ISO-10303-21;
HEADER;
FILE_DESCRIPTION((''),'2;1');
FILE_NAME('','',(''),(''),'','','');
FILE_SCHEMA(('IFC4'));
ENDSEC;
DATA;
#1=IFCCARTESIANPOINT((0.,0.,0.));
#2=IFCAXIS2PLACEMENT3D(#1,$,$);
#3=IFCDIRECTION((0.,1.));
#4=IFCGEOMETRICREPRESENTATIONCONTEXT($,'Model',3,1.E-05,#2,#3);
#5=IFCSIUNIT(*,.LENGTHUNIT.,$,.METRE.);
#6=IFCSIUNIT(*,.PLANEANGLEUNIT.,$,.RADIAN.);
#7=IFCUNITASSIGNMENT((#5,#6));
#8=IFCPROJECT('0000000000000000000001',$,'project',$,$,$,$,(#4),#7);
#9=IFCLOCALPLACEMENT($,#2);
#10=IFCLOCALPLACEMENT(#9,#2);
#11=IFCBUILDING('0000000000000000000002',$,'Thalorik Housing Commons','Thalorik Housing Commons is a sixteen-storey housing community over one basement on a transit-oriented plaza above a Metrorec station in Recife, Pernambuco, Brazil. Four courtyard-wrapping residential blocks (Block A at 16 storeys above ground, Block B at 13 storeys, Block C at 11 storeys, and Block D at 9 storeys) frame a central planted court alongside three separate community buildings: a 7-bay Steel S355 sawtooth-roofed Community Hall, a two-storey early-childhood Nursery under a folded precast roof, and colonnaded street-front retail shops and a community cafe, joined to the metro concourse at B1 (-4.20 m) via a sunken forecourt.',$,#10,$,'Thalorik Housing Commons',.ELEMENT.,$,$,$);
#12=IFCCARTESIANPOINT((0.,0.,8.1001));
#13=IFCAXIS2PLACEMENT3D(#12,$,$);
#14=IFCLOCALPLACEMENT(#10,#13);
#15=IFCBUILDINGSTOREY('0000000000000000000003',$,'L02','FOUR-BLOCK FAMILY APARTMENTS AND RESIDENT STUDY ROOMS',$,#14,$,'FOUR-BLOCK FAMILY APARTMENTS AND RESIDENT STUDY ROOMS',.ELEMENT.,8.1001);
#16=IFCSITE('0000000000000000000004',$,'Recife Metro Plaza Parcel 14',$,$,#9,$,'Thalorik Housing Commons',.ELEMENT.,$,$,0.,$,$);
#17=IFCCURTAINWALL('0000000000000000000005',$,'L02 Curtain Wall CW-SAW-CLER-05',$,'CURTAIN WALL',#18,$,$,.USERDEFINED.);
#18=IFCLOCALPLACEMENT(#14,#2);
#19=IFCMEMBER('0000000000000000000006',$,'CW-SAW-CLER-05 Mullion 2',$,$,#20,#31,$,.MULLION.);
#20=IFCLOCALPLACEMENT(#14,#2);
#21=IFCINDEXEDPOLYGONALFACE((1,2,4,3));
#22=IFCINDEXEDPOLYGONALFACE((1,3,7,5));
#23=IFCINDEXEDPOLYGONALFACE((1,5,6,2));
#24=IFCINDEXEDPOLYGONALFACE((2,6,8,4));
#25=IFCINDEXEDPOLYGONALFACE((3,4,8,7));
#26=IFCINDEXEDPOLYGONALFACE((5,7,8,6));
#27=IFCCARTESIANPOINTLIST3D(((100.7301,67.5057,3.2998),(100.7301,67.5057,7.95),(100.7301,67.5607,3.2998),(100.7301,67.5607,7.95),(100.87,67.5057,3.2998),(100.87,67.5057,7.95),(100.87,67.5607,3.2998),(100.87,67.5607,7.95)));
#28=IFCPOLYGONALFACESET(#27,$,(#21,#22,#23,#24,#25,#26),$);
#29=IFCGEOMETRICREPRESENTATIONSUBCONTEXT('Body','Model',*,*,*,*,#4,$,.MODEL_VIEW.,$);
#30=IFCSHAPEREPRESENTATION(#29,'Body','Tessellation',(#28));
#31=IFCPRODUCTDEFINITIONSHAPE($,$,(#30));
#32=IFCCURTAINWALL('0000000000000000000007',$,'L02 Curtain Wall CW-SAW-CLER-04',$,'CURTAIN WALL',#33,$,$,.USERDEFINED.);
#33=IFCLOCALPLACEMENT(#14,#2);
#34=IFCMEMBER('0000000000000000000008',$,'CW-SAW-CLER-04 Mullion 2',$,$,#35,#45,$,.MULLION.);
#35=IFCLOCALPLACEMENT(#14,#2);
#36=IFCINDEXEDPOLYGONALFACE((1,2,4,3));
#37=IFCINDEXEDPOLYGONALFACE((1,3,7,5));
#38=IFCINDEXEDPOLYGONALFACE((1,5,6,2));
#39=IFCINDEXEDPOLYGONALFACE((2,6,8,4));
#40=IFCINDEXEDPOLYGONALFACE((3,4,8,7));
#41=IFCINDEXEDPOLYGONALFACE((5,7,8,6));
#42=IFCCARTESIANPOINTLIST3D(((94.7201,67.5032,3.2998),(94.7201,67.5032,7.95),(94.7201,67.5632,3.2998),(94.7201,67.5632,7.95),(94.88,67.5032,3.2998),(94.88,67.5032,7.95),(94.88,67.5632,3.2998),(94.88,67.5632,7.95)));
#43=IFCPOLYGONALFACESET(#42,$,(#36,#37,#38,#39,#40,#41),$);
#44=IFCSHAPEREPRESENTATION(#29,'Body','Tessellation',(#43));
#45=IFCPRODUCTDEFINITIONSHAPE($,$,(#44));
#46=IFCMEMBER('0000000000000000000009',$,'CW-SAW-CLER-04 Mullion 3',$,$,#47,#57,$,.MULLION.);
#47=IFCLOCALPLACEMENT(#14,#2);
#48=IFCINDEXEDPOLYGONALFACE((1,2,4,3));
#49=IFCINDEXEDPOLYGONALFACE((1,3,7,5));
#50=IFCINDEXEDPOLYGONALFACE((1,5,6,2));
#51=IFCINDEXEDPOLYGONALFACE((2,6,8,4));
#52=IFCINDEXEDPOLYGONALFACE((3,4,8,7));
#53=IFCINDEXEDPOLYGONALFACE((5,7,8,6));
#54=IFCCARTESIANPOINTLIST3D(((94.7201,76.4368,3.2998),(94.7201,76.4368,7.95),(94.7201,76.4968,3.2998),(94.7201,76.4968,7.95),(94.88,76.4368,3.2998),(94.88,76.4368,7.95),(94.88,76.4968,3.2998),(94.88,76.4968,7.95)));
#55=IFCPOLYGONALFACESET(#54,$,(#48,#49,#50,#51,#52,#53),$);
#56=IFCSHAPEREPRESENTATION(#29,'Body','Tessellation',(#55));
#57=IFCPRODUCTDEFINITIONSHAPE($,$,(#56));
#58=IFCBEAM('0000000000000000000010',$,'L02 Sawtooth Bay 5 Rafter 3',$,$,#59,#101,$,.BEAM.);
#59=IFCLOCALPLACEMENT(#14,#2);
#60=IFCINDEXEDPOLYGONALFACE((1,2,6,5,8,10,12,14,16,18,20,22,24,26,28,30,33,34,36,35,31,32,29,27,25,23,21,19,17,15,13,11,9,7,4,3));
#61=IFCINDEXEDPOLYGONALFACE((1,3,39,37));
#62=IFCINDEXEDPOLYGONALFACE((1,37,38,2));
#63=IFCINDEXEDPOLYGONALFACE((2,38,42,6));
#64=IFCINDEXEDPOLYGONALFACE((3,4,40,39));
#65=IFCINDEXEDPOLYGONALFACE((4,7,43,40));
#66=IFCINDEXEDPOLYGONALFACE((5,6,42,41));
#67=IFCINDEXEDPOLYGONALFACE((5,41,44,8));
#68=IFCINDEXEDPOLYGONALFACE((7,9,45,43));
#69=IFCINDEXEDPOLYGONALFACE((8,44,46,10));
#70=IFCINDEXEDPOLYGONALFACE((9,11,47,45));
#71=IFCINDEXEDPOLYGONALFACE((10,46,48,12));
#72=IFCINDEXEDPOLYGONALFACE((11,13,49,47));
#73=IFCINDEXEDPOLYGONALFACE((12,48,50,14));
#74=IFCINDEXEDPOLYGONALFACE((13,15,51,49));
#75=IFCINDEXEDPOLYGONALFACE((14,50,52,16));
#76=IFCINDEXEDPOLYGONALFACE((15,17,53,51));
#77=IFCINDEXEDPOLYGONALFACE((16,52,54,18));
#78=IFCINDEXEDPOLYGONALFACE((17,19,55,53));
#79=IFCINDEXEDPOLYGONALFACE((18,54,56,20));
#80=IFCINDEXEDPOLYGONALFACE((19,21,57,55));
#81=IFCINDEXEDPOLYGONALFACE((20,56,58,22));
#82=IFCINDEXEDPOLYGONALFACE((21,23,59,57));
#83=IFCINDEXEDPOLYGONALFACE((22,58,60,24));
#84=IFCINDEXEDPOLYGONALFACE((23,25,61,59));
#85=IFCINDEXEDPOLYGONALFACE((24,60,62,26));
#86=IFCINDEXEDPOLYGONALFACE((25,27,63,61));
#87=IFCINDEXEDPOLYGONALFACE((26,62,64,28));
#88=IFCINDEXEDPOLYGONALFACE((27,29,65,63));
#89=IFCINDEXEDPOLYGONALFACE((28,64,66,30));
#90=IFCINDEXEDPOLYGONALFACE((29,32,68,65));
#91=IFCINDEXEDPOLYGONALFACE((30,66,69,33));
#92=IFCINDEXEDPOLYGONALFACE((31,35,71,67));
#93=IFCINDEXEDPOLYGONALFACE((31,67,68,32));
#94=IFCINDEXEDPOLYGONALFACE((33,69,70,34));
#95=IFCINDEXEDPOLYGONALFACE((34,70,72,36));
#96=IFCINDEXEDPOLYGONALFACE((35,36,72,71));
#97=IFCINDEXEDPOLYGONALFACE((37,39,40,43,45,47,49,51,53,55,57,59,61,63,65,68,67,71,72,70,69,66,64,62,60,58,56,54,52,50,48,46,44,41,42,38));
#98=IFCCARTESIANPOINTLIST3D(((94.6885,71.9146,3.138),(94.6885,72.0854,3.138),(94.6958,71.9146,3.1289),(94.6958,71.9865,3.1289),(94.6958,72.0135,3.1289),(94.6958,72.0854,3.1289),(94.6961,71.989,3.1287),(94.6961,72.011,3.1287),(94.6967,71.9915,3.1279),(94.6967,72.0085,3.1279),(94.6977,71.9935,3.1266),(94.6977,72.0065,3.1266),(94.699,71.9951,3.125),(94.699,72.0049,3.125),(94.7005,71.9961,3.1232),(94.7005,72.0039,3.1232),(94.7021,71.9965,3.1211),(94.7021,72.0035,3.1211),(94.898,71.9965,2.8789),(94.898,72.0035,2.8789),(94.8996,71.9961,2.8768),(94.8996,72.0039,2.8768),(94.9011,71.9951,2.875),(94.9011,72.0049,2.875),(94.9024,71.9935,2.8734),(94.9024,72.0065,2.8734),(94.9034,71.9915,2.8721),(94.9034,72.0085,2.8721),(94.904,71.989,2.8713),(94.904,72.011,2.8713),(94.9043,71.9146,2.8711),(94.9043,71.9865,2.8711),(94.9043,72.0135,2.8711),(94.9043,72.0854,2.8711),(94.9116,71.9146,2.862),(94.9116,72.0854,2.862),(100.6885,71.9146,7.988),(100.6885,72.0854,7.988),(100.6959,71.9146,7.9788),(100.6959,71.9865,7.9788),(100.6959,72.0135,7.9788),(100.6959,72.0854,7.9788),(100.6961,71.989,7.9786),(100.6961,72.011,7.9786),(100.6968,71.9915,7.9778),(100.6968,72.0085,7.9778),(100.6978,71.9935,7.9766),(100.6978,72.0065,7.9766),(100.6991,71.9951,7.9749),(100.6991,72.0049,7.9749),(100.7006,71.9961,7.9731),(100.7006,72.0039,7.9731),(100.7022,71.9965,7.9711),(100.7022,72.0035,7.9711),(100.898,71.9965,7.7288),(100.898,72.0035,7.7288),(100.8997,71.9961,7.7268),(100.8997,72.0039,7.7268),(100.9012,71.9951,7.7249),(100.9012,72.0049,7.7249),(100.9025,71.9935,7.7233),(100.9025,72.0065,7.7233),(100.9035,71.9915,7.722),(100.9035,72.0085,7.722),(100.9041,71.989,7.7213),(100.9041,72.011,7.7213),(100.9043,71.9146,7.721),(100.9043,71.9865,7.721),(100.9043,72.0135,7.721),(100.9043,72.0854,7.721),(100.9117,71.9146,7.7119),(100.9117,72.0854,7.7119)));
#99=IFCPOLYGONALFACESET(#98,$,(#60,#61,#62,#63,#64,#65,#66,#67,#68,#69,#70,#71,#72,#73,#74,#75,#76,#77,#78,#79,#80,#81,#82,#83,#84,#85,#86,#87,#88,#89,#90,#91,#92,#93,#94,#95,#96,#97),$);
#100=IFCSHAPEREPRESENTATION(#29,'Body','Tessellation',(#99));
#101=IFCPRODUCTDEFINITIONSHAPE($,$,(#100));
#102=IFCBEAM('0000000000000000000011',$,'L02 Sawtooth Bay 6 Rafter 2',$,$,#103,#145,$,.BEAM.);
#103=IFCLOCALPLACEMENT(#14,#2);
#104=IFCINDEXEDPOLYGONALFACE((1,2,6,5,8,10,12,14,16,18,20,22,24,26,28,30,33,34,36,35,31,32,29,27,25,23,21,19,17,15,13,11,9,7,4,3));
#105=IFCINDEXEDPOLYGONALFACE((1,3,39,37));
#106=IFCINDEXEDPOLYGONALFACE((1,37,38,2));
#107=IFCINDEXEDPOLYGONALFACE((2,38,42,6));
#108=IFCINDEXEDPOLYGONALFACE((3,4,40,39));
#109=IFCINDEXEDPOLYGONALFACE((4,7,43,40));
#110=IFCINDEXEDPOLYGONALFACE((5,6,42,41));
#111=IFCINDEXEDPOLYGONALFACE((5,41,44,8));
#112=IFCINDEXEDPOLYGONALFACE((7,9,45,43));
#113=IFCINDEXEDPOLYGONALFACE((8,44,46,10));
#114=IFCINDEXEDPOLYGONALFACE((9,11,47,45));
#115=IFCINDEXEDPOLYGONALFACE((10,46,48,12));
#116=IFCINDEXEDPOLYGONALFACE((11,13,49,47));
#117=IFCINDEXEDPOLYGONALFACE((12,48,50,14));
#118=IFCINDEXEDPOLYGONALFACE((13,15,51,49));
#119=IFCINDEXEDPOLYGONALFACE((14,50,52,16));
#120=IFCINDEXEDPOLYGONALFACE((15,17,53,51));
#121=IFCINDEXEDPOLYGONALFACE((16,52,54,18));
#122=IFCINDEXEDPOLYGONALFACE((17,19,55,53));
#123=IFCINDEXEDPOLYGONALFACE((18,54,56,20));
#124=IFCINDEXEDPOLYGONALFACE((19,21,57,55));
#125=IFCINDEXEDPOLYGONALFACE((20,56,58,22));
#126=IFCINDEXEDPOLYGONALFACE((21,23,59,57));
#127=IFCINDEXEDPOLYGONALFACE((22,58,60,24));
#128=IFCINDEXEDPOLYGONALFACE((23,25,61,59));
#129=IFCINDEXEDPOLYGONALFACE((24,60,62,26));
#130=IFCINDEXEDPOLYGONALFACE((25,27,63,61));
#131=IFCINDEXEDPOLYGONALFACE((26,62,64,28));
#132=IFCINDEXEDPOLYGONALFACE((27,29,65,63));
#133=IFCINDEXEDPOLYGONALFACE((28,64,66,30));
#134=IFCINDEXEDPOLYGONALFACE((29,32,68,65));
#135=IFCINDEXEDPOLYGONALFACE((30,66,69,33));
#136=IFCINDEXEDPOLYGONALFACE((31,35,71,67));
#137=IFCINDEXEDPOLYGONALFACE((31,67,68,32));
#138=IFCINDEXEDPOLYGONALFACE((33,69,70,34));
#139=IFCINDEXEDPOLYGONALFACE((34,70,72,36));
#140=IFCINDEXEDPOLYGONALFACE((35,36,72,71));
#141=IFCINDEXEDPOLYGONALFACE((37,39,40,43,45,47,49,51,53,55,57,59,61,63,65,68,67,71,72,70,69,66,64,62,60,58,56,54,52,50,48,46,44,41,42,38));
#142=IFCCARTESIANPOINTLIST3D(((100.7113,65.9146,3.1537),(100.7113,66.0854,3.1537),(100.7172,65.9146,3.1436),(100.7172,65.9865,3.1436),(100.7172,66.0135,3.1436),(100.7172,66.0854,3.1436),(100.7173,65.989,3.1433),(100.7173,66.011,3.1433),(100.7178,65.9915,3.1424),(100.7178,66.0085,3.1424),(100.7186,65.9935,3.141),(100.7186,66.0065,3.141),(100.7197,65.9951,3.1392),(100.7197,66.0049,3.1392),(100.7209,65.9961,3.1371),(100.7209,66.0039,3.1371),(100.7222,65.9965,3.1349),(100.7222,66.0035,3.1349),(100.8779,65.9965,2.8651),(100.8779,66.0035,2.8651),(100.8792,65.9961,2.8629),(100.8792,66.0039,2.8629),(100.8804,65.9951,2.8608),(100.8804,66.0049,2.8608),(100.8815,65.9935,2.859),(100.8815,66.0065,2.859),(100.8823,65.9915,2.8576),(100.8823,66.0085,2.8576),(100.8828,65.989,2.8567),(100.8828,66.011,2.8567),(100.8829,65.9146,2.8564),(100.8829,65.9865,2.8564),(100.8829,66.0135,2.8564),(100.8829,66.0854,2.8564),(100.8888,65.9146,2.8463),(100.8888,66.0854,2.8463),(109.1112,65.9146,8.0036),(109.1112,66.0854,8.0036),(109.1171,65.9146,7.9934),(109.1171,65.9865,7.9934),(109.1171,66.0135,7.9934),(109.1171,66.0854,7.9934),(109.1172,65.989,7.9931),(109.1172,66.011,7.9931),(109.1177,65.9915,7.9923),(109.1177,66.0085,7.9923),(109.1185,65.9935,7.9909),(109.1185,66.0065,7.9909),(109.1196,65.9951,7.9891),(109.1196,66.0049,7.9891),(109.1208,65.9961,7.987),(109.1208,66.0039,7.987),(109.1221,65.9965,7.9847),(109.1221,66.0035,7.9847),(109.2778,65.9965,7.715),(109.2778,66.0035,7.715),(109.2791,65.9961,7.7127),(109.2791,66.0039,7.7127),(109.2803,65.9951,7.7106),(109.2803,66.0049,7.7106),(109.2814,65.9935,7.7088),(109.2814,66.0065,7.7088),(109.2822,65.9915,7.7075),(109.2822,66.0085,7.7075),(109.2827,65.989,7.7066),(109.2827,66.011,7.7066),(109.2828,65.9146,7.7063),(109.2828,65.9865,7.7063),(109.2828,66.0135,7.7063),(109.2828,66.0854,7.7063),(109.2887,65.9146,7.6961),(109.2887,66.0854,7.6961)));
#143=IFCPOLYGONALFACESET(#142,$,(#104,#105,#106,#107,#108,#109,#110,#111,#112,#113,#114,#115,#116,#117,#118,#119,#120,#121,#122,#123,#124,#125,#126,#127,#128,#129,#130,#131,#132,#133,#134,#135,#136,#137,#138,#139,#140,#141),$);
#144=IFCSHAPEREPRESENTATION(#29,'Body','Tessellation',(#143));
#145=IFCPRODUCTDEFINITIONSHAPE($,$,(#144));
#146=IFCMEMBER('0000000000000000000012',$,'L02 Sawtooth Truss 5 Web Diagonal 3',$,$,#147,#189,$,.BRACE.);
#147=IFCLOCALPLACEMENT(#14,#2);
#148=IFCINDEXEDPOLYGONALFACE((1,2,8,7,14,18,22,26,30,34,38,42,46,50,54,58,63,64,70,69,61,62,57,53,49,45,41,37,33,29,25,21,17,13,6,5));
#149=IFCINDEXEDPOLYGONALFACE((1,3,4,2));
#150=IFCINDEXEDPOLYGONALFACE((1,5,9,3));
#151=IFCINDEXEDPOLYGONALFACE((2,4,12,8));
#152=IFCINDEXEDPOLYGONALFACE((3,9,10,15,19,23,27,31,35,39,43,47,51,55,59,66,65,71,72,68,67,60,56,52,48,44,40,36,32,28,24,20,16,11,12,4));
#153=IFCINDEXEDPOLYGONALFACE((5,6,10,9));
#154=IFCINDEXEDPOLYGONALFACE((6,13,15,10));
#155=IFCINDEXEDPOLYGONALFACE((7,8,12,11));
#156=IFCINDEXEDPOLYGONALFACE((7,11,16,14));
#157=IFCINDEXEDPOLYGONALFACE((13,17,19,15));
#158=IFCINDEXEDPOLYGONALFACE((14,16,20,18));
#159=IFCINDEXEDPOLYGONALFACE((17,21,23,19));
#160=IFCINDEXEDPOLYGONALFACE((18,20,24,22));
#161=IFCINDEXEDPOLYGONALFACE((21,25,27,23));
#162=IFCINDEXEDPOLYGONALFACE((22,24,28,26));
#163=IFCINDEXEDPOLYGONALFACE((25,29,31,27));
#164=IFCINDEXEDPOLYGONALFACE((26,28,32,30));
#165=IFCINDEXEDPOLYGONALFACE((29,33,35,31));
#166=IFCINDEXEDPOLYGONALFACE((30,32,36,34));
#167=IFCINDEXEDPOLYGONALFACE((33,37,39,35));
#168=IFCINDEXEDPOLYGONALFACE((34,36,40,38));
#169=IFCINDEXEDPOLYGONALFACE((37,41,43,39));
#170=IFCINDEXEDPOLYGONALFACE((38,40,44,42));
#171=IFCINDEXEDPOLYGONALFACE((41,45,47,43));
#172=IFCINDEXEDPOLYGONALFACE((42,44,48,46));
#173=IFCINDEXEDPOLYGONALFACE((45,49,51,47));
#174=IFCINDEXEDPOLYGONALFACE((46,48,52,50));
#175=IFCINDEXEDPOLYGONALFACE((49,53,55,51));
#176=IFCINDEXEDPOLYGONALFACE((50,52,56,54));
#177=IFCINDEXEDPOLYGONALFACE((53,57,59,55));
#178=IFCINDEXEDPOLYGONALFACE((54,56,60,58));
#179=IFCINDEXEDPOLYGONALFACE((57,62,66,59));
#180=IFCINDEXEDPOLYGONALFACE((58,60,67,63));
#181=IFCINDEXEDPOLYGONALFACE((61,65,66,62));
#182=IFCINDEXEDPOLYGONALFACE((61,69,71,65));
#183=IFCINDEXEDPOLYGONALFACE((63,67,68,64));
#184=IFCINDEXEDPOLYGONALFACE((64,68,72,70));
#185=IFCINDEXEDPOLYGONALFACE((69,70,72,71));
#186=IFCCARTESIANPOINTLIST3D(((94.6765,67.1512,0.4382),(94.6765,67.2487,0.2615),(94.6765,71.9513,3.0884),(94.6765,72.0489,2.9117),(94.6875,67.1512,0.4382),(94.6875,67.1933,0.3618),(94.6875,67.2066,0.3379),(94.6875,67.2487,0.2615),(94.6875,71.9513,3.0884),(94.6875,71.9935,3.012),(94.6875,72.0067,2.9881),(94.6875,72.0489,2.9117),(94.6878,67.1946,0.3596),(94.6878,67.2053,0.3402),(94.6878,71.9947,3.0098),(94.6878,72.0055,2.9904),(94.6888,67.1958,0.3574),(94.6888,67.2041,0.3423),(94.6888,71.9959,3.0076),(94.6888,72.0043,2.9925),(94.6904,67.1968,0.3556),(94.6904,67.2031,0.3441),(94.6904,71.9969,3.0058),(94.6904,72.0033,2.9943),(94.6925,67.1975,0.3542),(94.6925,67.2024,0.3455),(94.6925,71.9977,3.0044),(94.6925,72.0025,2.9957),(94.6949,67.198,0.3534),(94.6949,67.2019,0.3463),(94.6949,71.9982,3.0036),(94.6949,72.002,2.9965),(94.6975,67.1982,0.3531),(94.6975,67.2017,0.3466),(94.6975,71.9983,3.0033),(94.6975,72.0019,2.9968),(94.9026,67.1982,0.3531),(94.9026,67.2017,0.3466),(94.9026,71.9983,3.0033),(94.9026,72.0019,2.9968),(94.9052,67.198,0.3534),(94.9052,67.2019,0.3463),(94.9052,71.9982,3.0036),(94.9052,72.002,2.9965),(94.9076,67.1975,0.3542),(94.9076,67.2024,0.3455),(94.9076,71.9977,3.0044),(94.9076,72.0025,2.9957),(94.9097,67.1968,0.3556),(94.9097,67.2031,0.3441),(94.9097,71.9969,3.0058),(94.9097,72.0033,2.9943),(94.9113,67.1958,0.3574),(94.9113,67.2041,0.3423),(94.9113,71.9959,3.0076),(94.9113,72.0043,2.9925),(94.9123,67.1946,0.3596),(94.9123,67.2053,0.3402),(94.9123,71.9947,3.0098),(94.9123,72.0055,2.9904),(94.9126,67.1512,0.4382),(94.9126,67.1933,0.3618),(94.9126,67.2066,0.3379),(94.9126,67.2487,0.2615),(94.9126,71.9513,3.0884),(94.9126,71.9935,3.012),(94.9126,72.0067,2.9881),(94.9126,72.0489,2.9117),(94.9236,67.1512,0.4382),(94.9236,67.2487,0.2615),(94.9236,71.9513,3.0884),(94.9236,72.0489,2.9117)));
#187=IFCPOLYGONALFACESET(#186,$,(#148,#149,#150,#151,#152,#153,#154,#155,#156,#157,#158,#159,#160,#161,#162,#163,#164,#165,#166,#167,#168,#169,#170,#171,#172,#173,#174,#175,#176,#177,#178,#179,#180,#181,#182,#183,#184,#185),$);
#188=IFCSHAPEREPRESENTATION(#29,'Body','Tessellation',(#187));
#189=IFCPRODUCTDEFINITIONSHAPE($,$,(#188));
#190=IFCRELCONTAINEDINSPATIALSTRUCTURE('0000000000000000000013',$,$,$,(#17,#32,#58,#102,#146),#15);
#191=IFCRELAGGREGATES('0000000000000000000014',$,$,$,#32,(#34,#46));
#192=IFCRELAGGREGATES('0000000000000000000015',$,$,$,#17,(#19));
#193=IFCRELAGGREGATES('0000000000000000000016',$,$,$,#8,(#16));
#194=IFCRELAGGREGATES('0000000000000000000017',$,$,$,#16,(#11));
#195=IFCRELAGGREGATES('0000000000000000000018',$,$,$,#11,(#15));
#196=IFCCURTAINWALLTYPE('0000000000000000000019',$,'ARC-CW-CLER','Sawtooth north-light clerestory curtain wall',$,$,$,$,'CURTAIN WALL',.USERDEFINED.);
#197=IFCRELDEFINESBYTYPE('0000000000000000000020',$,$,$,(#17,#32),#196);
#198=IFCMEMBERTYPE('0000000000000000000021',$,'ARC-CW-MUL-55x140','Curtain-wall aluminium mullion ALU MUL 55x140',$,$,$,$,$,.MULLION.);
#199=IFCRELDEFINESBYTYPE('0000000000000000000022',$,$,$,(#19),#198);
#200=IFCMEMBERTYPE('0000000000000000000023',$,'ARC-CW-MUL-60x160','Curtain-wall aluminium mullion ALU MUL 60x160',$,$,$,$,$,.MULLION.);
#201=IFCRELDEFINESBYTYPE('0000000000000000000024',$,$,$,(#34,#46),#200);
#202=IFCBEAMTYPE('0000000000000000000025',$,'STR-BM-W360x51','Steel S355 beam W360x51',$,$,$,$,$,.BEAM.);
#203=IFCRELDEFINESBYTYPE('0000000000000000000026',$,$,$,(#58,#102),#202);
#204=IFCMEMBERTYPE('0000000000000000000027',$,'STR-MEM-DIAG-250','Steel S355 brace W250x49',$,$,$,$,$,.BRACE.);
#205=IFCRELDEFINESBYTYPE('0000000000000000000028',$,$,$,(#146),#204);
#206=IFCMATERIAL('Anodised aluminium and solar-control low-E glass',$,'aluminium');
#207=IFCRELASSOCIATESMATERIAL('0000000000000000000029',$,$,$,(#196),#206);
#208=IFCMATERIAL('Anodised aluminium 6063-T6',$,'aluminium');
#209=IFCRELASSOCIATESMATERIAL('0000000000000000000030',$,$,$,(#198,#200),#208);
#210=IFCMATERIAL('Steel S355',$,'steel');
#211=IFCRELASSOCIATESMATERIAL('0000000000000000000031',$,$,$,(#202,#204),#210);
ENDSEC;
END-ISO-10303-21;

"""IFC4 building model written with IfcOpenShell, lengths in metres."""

from ifc_helpers import new_model, si_unit, direction, frame, origin, origin_2d, place, context, subcontext, project, spatial, rectangle, i_section, extrude, material, material_profile, profile_set, type_object, element, aggregate, save


model = new_model("IFC4")

# Units and contexts
model_context = context("Model", 3, precision=1e-05, world=origin(), true_north=direction((0.0, 1.0)))
body_context = subcontext(model_context, "Body", "Model", "MODEL_VIEW")
ifc_project = project(units=[si_unit("LENGTHUNIT", "METRE"), si_unit("PLANEANGLEUNIT", "RADIAN")], contexts=[model_context])

# Site, building, storey
site_placement = place(None, origin())
site = spatial("IfcSite", under=ifc_project, at=site_placement, Name="Recife Metro Plaza Parcel 14", LongName="Thalorik Housing Commons", CompositionType="ELEMENT", RefElevation=0.0)
building_placement = place(site_placement, origin())
building = spatial("IfcBuilding", under=site, at=building_placement, Name="Thalorik Housing Commons", Description="Thalorik Housing Commons is a sixteen-storey housing community over one basement on a transit-oriented plaza above a Metrorec station in Recife, Pernambuco, Brazil. Four courtyard-wrapping residential blocks (Block A at 16 storeys above ground, Block B at 13 storeys, Block C at 11 storeys, and Block D at 9 storeys) frame a central planted court alongside three separate community buildings: a 7-bay Steel S355 sawtooth-roofed Community Hall, a two-storey early-childhood Nursery under a folded precast roof, and colonnaded street-front retail shops and a community cafe, joined to the metro concourse at B1 (-4.20 m) via a sunken forecourt.", LongName="Thalorik Housing Commons", CompositionType="ELEMENT")
storey_placement = place(building_placement, frame((0.0, 0.0, 8.1001)))
storey = spatial("IfcBuildingStorey", under=building, at=storey_placement, Name="L02", Description="FOUR-BLOCK FAMILY APARTMENTS AND RESIDENT STUDY ROOMS", LongName="FOUR-BLOCK FAMILY APARTMENTS AND RESIDENT STUDY ROOMS", CompositionType="ELEMENT", Elevation=8.1001)

# Curtain wall, member
ifc_material_1 = material(Name="Anodised aluminium and solar-control low-E glass", Category="aluminium")
curtain_wall_type = type_object("IfcCurtainWallType", Name="ARC-CW-CLER", Description="Sawtooth north-light clerestory curtain wall", ElementType="CURTAIN WALL", PredefinedType="USERDEFINED", material=ifc_material_1)
curtain_wall_1_placement = place(storey_placement, origin())
curtain_wall_1 = element("IfcCurtainWall", 1, at=curtain_wall_1_placement, inside=storey, type_object=curtain_wall_type, Name="L02 Curtain Wall CW-SAW-CLER-05", ObjectType="CURTAIN WALL", PredefinedType="USERDEFINED")
ifc_material_2 = material(Name="Anodised aluminium 6063-T6", Category="aluminium")
ifc_material_profile_1 = material_profile(ifc_material_2, rectangle(XDim=0.0549, YDim=0.1399, at=origin_2d()), Name="ALU MUL 55x140", Category="aluminium")
ifc_profile_set_1 = profile_set([ifc_material_profile_1], Name="Anodised aluminium 6063-T6")
member_type_1 = type_object("IfcMemberType", Name="ARC-CW-MUL-55x140", Description="Curtain-wall aluminium mullion ALU MUL 55x140", PredefinedType="MULLION", material=ifc_profile_set_1)
member_1_placement = place(storey_placement, frame((100.8, 67.5332, 3.2998), z_axis=(0.0, 0.0, 1.0), x_axis=(0.0, 1.0, 0.0)))
member_1 = element("IfcMember", 2, at=member_1_placement, type_object=member_type_1, Name="CW-SAW-CLER-05 Mullion 2", PredefinedType="MULLION", context=body_context, shape_type="SweptSolid", body=[
    extrude(rectangle(XDim=0.0549, YDim=0.1399, at=origin_2d()), origin(), (0.0, 0.0, 1.0), 4.6501),
])

# Curtain wall, members
curtain_wall_2_placement = place(storey_placement, origin())
curtain_wall_2 = element("IfcCurtainWall", 3, at=curtain_wall_2_placement, inside=storey, type_object=curtain_wall_type, Name="L02 Curtain Wall CW-SAW-CLER-04", ObjectType="CURTAIN WALL", PredefinedType="USERDEFINED")
ifc_material_profile_2 = material_profile(ifc_material_2, rectangle(XDim=0.0601, YDim=0.1599, at=origin_2d()), Name="ALU MUL 60x160", Category="aluminium")
ifc_profile_set_2 = profile_set([ifc_material_profile_2], Name="Anodised aluminium 6063-T6")
member_type_2 = type_object("IfcMemberType", Name="ARC-CW-MUL-60x160", Description="Curtain-wall aluminium mullion ALU MUL 60x160", PredefinedType="MULLION", material=ifc_profile_set_2)
member_2_placement = place(storey_placement, frame((94.8, 67.5332, 3.2998), z_axis=(0.0, 0.0, 1.0), x_axis=(0.0, 1.0, 0.0)))
member_2 = element("IfcMember", 4, at=member_2_placement, type_object=member_type_2, Name="CW-SAW-CLER-04 Mullion 2", PredefinedType="MULLION", context=body_context, shape_type="SweptSolid", body=[
    extrude(rectangle(XDim=0.0601, YDim=0.1599, at=origin_2d()), origin(), (0.0, 0.0, 1.0), 4.6501),
])
member_3_placement = place(storey_placement, frame((94.8, 76.4668, 3.2998), z_axis=(0.0, 0.0, 1.0), x_axis=(0.0, 1.0, 0.0)))
member_3 = element("IfcMember", 5, at=member_3_placement, type_object=member_type_2, Name="CW-SAW-CLER-04 Mullion 3", PredefinedType="MULLION", context=body_context, shape_type="SweptSolid", body=[
    extrude(rectangle(XDim=0.0601, YDim=0.1599, at=origin_2d()), origin(), (0.0, 0.0, 1.0), 4.6501),
])

# Beams
ifc_material_3 = material(Name="Steel S355", Category="steel")
ifc_material_profile_3 = material_profile(ifc_material_3, i_section(OverallWidth=0.1709, OverallDepth=0.355, WebThickness=0.0071, FlangeThickness=0.0117, FilletRadius=0.01, at=origin_2d()), Name="W360x51", Category="steel")
ifc_profile_set_3 = profile_set([ifc_material_profile_3], Name="Steel S355")
beam_type = type_object("IfcBeamType", Name="STR-BM-W360x51", Description="Steel S355 beam W360x51", PredefinedType="BEAM", material=ifc_profile_set_3)
beam_1_placement = place(storey_placement, frame((94.8, 72.0, 3.0), z_axis=(0.777707, 0.0, 0.628627), x_axis=(0.0, 1.0, 0.0)))
element("IfcBeam", 6, at=beam_1_placement, inside=storey, type_object=beam_type, Name="L02 Sawtooth Bay 5 Rafter 3", PredefinedType="BEAM", context=body_context, shape_type="SweptSolid", body=[
    extrude(i_section(OverallWidth=0.1709, OverallDepth=0.355, WebThickness=0.0071, FlangeThickness=0.0117, FilletRadius=0.01, at=origin_2d()), origin(), (0.0, 0.0, 1.0), 7.7151),
])
beam_2_placement = place(storey_placement, frame((100.8, 66.0, 3.0), z_axis=(0.866018, 0.0, 0.500013), x_axis=(0.0, 1.0, 0.0)))
element("IfcBeam", 7, at=beam_2_placement, inside=storey, type_object=beam_type, Name="L02 Sawtooth Bay 6 Rafter 2", PredefinedType="BEAM", context=body_context, shape_type="SweptSolid", body=[
    extrude(i_section(OverallWidth=0.1709, OverallDepth=0.355, WebThickness=0.0071, FlangeThickness=0.0117, FilletRadius=0.01, at=origin_2d()), origin(), (0.0, 0.0, 1.0), 9.6995),
])

# Member
ifc_material_profile_4 = material_profile(ifc_material_3, i_section(OverallWidth=0.2019, OverallDepth=0.2471, WebThickness=0.0073, FlangeThickness=0.011, FilletRadius=0.01, at=origin_2d()), Name="W250x49", Category="steel")
ifc_profile_set_4 = profile_set([ifc_material_profile_4], Name="Steel S355")
member_type_3 = type_object("IfcMemberType", Name="STR-MEM-DIAG-250", Description="Steel S355 brace W250x49", PredefinedType="BRACE", material=ifc_profile_set_4)
for number, where, z_axis, x_axis, name in (
    (8, (94.8, 67.2, 0.3499), (0.0, 0.875435, 0.483335), (0.0, -0.483335, 0.875435), "L02 Sawtooth Truss 5 Web Diagonal 3"),
):
    element("IfcMember", number, at=place(storey_placement, frame(where, z_axis=z_axis, x_axis=x_axis)), inside=storey, type_object=member_type_3, Name=name, PredefinedType="BRACE", context=body_context, shape_type="SweptSolid", body=[
        extrude(i_section(OverallWidth=0.2019, OverallDepth=0.2471, WebThickness=0.0073, FlangeThickness=0.011, FilletRadius=0.01, at=origin_2d()), origin(), (0.0, 0.0, 1.0), 5.4832),
    ])

aggregate(curtain_wall_2, [member_2, member_3])
aggregate(curtain_wall_1, [member_1])

save(model, "model.ifc")
